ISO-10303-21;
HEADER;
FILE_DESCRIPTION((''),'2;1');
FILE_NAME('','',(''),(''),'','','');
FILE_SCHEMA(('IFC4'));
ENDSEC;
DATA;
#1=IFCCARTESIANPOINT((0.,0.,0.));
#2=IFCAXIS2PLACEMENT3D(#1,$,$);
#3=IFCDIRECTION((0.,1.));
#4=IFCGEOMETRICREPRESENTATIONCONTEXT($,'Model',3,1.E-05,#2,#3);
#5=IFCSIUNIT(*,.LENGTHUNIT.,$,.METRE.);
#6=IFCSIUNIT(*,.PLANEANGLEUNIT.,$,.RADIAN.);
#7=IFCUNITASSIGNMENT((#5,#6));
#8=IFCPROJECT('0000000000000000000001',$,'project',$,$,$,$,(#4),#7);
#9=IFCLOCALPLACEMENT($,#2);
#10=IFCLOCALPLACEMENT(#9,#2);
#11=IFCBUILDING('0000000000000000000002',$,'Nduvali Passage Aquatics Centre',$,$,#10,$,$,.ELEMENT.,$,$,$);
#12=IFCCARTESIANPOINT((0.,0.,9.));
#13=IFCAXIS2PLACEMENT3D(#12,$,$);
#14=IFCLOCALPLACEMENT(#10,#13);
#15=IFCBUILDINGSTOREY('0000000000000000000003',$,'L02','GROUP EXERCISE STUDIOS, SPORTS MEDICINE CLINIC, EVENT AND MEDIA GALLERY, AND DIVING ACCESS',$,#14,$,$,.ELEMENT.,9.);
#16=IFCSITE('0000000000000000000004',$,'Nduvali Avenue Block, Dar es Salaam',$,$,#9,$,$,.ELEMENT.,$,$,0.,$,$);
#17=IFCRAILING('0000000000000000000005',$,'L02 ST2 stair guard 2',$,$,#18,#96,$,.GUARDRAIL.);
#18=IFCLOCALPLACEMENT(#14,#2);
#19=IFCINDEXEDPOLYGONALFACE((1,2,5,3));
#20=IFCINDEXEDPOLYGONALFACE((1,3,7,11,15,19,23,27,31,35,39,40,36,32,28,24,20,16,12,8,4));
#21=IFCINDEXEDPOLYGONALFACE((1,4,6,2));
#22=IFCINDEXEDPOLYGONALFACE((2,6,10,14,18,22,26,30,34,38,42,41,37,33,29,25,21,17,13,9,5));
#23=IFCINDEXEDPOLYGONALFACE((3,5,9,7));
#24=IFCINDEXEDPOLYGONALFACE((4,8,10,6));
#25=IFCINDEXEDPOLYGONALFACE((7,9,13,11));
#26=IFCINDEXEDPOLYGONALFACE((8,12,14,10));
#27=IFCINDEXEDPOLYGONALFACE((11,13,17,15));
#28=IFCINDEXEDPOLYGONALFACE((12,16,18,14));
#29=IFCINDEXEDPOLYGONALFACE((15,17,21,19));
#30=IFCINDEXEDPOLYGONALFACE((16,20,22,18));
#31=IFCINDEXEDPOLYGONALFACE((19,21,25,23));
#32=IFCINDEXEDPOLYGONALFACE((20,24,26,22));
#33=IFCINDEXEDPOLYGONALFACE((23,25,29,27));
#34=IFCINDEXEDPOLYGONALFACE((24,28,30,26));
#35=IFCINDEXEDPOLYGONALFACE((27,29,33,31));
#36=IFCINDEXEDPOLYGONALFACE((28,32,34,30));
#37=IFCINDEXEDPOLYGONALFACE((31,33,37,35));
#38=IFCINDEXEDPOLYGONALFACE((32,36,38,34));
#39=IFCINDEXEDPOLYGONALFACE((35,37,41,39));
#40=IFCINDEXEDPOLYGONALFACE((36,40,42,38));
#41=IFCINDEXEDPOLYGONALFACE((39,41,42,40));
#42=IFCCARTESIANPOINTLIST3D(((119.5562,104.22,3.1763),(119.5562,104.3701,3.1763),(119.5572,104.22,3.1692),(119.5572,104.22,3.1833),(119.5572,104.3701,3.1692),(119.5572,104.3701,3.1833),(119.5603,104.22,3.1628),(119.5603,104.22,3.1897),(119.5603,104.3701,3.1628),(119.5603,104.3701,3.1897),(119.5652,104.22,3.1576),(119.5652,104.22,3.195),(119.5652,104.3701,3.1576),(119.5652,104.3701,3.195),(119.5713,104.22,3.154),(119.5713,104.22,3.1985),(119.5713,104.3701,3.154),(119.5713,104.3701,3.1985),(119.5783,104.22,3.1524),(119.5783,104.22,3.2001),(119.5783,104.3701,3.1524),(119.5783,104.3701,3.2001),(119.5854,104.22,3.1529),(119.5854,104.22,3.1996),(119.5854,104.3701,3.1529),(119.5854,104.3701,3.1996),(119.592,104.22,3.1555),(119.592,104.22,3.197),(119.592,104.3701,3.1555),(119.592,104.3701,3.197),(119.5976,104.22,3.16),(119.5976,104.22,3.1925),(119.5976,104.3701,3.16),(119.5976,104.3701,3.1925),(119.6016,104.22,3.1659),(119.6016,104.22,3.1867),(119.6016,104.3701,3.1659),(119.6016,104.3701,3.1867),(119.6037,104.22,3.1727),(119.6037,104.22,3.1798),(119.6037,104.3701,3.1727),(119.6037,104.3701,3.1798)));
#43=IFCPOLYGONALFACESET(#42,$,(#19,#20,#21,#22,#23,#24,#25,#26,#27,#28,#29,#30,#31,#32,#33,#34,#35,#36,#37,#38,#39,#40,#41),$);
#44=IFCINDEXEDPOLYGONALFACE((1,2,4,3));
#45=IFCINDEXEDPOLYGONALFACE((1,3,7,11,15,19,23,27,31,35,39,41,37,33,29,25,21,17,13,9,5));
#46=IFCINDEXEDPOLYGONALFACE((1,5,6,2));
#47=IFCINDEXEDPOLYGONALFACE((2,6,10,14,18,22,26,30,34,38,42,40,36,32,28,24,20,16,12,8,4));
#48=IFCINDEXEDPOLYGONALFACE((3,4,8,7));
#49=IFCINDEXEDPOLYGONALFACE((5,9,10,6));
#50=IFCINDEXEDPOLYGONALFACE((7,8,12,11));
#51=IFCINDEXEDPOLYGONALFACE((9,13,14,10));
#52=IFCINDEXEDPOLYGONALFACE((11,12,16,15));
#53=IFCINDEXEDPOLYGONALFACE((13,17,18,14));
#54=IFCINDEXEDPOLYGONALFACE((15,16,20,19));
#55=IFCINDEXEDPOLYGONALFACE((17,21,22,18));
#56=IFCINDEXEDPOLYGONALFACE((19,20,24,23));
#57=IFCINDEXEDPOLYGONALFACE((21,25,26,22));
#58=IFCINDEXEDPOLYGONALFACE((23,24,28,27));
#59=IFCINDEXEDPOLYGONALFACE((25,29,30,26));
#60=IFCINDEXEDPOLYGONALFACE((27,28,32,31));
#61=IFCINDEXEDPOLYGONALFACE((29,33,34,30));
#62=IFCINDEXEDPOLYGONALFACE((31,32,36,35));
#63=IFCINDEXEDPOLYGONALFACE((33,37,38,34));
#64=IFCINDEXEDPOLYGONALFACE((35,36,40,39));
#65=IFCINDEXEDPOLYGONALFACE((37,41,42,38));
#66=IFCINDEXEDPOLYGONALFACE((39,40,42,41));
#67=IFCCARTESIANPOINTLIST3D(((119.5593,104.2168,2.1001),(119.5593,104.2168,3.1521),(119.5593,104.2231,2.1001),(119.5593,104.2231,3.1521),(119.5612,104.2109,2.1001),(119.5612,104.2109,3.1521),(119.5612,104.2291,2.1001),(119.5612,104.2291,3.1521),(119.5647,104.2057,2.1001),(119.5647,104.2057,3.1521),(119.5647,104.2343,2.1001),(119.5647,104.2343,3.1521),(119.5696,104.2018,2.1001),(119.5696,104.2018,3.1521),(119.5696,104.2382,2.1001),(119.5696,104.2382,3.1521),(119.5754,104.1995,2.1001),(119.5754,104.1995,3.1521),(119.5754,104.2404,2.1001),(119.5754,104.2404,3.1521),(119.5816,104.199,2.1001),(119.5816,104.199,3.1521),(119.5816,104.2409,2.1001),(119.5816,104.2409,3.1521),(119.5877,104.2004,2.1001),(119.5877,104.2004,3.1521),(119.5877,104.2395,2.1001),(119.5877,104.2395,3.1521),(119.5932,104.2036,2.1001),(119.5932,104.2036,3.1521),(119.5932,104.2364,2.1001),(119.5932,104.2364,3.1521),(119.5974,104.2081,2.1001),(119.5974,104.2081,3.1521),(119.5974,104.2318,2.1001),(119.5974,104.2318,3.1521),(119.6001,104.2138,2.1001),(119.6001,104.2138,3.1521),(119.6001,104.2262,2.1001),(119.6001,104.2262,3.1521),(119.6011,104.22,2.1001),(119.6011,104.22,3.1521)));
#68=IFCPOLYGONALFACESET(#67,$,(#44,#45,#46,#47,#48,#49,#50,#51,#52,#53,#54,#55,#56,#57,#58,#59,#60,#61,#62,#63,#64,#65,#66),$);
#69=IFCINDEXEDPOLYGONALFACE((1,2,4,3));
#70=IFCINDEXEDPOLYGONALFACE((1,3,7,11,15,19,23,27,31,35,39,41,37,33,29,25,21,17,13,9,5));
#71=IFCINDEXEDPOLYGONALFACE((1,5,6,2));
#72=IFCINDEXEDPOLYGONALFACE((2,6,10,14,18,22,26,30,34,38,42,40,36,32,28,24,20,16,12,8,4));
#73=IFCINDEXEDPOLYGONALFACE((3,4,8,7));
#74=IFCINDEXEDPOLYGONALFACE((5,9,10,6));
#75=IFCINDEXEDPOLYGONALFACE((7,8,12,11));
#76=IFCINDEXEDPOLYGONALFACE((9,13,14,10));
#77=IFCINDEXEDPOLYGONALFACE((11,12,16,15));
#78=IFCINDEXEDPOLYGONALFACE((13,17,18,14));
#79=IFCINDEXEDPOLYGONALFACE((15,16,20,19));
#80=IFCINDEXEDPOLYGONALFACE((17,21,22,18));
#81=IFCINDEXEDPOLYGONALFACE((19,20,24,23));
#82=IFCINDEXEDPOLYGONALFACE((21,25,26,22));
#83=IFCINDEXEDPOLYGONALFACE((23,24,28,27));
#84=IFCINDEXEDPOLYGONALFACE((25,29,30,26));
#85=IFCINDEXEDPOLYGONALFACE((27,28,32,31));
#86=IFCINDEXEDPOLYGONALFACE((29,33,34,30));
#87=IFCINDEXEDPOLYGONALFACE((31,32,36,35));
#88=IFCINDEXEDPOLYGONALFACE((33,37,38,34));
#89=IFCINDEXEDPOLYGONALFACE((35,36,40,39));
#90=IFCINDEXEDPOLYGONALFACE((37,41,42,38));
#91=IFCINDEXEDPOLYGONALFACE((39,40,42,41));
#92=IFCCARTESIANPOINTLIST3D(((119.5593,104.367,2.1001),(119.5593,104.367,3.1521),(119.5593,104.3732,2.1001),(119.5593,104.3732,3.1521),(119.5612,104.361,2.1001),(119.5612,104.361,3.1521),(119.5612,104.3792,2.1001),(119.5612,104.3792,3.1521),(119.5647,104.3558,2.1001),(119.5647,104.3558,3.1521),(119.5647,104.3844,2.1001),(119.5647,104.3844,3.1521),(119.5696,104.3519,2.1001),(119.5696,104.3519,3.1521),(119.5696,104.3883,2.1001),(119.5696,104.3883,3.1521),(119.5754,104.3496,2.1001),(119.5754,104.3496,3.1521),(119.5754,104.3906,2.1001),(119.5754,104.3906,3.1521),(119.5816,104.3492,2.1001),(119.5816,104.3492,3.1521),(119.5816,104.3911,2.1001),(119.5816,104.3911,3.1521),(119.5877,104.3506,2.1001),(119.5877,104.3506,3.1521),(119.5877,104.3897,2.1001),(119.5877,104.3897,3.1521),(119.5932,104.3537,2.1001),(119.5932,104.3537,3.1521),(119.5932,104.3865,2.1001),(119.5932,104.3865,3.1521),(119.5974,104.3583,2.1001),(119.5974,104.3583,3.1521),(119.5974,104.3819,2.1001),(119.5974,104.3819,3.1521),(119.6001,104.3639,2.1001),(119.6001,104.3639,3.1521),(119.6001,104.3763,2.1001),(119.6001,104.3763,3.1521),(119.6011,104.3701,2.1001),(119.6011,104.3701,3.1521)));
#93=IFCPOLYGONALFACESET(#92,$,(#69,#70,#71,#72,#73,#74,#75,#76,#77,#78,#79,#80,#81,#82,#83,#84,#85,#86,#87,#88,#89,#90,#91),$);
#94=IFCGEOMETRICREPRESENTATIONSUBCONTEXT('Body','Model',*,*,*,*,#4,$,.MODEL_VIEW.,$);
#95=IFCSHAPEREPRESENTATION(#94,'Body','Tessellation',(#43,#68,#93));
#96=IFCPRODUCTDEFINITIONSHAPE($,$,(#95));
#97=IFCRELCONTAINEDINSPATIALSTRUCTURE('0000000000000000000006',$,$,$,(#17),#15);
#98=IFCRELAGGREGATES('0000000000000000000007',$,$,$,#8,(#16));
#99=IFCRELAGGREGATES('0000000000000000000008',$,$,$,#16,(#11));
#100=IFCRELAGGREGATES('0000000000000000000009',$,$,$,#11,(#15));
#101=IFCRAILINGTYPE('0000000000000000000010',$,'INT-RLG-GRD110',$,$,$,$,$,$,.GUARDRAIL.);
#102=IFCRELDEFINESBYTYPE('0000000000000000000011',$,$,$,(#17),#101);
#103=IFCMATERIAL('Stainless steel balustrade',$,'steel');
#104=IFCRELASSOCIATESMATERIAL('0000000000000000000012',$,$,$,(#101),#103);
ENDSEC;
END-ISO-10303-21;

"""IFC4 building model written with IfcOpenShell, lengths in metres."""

from ifc_helpers import new_model, si_unit, direction, frame, origin, origin_2d, place, context, subcontext, project, spatial, circle, extrude, material, type_object, element, save


model = new_model("IFC4")

# Units and contexts
model_context = context("Model", 3, precision=1e-05, world=origin(), true_north=direction((0.0, 1.0)))
body_context = subcontext(model_context, "Body", "Model", "MODEL_VIEW")
ifc_project = project(units=[si_unit("LENGTHUNIT", "METRE"), si_unit("PLANEANGLEUNIT", "RADIAN")], contexts=[model_context])

# Site, building, storey
site_placement = place(None, origin())
site = spatial("IfcSite", under=ifc_project, at=site_placement, Name="Nduvali Avenue Block, Dar es Salaam", CompositionType="ELEMENT", RefElevation=0.0)
building_placement = place(site_placement, origin())
building = spatial("IfcBuilding", under=site, at=building_placement, Name="Nduvali Passage Aquatics Centre", CompositionType="ELEMENT")
storey_placement = place(building_placement, frame((0.0, 0.0, 9.0)))
storey = spatial("IfcBuildingStorey", under=building, at=storey_placement, Name="L02", Description="GROUP EXERCISE STUDIOS, SPORTS MEDICINE CLINIC, EVENT AND MEDIA GALLERY, AND DIVING ACCESS", CompositionType="ELEMENT", Elevation=9.0)

# Railing
ifc_material_1 = material(Name="Stainless steel balustrade", Category="steel")
railing_type_1 = type_object("IfcRailingType", Name="INT-RLG-GRD110", PredefinedType="GUARDRAIL", material=ifc_material_1)
railing_1_placement = place(storey_placement, frame((119.5801, 104.22, 2.1001)))
element("IfcRailing", 1, at=railing_1_placement, inside=storey, type_object=railing_type_1, Name="L02 ST2 stair guard 2", PredefinedType="GUARDRAIL", context=body_context, shape_type="SweptSolid", body=[
    extrude(circle(Radius=0.0239, at=origin_2d()), frame((0.0, 0.0, 1.0762), z_axis=(0.0, 1.0, 0.0), x_axis=(-1.0, 0.0, 0.0)), (0.0, 0.0, 1.0), 0.1501),
    extrude(circle(Radius=0.021, at=origin_2d()), origin(), (0.0, 0.0, 1.0), 1.052),
    extrude(circle(Radius=0.021, at=origin_2d()), frame((0.0, 0.1501, 0.0)), (0.0, 0.0, 1.0), 1.052),
])

save(model, "model.ifc")
